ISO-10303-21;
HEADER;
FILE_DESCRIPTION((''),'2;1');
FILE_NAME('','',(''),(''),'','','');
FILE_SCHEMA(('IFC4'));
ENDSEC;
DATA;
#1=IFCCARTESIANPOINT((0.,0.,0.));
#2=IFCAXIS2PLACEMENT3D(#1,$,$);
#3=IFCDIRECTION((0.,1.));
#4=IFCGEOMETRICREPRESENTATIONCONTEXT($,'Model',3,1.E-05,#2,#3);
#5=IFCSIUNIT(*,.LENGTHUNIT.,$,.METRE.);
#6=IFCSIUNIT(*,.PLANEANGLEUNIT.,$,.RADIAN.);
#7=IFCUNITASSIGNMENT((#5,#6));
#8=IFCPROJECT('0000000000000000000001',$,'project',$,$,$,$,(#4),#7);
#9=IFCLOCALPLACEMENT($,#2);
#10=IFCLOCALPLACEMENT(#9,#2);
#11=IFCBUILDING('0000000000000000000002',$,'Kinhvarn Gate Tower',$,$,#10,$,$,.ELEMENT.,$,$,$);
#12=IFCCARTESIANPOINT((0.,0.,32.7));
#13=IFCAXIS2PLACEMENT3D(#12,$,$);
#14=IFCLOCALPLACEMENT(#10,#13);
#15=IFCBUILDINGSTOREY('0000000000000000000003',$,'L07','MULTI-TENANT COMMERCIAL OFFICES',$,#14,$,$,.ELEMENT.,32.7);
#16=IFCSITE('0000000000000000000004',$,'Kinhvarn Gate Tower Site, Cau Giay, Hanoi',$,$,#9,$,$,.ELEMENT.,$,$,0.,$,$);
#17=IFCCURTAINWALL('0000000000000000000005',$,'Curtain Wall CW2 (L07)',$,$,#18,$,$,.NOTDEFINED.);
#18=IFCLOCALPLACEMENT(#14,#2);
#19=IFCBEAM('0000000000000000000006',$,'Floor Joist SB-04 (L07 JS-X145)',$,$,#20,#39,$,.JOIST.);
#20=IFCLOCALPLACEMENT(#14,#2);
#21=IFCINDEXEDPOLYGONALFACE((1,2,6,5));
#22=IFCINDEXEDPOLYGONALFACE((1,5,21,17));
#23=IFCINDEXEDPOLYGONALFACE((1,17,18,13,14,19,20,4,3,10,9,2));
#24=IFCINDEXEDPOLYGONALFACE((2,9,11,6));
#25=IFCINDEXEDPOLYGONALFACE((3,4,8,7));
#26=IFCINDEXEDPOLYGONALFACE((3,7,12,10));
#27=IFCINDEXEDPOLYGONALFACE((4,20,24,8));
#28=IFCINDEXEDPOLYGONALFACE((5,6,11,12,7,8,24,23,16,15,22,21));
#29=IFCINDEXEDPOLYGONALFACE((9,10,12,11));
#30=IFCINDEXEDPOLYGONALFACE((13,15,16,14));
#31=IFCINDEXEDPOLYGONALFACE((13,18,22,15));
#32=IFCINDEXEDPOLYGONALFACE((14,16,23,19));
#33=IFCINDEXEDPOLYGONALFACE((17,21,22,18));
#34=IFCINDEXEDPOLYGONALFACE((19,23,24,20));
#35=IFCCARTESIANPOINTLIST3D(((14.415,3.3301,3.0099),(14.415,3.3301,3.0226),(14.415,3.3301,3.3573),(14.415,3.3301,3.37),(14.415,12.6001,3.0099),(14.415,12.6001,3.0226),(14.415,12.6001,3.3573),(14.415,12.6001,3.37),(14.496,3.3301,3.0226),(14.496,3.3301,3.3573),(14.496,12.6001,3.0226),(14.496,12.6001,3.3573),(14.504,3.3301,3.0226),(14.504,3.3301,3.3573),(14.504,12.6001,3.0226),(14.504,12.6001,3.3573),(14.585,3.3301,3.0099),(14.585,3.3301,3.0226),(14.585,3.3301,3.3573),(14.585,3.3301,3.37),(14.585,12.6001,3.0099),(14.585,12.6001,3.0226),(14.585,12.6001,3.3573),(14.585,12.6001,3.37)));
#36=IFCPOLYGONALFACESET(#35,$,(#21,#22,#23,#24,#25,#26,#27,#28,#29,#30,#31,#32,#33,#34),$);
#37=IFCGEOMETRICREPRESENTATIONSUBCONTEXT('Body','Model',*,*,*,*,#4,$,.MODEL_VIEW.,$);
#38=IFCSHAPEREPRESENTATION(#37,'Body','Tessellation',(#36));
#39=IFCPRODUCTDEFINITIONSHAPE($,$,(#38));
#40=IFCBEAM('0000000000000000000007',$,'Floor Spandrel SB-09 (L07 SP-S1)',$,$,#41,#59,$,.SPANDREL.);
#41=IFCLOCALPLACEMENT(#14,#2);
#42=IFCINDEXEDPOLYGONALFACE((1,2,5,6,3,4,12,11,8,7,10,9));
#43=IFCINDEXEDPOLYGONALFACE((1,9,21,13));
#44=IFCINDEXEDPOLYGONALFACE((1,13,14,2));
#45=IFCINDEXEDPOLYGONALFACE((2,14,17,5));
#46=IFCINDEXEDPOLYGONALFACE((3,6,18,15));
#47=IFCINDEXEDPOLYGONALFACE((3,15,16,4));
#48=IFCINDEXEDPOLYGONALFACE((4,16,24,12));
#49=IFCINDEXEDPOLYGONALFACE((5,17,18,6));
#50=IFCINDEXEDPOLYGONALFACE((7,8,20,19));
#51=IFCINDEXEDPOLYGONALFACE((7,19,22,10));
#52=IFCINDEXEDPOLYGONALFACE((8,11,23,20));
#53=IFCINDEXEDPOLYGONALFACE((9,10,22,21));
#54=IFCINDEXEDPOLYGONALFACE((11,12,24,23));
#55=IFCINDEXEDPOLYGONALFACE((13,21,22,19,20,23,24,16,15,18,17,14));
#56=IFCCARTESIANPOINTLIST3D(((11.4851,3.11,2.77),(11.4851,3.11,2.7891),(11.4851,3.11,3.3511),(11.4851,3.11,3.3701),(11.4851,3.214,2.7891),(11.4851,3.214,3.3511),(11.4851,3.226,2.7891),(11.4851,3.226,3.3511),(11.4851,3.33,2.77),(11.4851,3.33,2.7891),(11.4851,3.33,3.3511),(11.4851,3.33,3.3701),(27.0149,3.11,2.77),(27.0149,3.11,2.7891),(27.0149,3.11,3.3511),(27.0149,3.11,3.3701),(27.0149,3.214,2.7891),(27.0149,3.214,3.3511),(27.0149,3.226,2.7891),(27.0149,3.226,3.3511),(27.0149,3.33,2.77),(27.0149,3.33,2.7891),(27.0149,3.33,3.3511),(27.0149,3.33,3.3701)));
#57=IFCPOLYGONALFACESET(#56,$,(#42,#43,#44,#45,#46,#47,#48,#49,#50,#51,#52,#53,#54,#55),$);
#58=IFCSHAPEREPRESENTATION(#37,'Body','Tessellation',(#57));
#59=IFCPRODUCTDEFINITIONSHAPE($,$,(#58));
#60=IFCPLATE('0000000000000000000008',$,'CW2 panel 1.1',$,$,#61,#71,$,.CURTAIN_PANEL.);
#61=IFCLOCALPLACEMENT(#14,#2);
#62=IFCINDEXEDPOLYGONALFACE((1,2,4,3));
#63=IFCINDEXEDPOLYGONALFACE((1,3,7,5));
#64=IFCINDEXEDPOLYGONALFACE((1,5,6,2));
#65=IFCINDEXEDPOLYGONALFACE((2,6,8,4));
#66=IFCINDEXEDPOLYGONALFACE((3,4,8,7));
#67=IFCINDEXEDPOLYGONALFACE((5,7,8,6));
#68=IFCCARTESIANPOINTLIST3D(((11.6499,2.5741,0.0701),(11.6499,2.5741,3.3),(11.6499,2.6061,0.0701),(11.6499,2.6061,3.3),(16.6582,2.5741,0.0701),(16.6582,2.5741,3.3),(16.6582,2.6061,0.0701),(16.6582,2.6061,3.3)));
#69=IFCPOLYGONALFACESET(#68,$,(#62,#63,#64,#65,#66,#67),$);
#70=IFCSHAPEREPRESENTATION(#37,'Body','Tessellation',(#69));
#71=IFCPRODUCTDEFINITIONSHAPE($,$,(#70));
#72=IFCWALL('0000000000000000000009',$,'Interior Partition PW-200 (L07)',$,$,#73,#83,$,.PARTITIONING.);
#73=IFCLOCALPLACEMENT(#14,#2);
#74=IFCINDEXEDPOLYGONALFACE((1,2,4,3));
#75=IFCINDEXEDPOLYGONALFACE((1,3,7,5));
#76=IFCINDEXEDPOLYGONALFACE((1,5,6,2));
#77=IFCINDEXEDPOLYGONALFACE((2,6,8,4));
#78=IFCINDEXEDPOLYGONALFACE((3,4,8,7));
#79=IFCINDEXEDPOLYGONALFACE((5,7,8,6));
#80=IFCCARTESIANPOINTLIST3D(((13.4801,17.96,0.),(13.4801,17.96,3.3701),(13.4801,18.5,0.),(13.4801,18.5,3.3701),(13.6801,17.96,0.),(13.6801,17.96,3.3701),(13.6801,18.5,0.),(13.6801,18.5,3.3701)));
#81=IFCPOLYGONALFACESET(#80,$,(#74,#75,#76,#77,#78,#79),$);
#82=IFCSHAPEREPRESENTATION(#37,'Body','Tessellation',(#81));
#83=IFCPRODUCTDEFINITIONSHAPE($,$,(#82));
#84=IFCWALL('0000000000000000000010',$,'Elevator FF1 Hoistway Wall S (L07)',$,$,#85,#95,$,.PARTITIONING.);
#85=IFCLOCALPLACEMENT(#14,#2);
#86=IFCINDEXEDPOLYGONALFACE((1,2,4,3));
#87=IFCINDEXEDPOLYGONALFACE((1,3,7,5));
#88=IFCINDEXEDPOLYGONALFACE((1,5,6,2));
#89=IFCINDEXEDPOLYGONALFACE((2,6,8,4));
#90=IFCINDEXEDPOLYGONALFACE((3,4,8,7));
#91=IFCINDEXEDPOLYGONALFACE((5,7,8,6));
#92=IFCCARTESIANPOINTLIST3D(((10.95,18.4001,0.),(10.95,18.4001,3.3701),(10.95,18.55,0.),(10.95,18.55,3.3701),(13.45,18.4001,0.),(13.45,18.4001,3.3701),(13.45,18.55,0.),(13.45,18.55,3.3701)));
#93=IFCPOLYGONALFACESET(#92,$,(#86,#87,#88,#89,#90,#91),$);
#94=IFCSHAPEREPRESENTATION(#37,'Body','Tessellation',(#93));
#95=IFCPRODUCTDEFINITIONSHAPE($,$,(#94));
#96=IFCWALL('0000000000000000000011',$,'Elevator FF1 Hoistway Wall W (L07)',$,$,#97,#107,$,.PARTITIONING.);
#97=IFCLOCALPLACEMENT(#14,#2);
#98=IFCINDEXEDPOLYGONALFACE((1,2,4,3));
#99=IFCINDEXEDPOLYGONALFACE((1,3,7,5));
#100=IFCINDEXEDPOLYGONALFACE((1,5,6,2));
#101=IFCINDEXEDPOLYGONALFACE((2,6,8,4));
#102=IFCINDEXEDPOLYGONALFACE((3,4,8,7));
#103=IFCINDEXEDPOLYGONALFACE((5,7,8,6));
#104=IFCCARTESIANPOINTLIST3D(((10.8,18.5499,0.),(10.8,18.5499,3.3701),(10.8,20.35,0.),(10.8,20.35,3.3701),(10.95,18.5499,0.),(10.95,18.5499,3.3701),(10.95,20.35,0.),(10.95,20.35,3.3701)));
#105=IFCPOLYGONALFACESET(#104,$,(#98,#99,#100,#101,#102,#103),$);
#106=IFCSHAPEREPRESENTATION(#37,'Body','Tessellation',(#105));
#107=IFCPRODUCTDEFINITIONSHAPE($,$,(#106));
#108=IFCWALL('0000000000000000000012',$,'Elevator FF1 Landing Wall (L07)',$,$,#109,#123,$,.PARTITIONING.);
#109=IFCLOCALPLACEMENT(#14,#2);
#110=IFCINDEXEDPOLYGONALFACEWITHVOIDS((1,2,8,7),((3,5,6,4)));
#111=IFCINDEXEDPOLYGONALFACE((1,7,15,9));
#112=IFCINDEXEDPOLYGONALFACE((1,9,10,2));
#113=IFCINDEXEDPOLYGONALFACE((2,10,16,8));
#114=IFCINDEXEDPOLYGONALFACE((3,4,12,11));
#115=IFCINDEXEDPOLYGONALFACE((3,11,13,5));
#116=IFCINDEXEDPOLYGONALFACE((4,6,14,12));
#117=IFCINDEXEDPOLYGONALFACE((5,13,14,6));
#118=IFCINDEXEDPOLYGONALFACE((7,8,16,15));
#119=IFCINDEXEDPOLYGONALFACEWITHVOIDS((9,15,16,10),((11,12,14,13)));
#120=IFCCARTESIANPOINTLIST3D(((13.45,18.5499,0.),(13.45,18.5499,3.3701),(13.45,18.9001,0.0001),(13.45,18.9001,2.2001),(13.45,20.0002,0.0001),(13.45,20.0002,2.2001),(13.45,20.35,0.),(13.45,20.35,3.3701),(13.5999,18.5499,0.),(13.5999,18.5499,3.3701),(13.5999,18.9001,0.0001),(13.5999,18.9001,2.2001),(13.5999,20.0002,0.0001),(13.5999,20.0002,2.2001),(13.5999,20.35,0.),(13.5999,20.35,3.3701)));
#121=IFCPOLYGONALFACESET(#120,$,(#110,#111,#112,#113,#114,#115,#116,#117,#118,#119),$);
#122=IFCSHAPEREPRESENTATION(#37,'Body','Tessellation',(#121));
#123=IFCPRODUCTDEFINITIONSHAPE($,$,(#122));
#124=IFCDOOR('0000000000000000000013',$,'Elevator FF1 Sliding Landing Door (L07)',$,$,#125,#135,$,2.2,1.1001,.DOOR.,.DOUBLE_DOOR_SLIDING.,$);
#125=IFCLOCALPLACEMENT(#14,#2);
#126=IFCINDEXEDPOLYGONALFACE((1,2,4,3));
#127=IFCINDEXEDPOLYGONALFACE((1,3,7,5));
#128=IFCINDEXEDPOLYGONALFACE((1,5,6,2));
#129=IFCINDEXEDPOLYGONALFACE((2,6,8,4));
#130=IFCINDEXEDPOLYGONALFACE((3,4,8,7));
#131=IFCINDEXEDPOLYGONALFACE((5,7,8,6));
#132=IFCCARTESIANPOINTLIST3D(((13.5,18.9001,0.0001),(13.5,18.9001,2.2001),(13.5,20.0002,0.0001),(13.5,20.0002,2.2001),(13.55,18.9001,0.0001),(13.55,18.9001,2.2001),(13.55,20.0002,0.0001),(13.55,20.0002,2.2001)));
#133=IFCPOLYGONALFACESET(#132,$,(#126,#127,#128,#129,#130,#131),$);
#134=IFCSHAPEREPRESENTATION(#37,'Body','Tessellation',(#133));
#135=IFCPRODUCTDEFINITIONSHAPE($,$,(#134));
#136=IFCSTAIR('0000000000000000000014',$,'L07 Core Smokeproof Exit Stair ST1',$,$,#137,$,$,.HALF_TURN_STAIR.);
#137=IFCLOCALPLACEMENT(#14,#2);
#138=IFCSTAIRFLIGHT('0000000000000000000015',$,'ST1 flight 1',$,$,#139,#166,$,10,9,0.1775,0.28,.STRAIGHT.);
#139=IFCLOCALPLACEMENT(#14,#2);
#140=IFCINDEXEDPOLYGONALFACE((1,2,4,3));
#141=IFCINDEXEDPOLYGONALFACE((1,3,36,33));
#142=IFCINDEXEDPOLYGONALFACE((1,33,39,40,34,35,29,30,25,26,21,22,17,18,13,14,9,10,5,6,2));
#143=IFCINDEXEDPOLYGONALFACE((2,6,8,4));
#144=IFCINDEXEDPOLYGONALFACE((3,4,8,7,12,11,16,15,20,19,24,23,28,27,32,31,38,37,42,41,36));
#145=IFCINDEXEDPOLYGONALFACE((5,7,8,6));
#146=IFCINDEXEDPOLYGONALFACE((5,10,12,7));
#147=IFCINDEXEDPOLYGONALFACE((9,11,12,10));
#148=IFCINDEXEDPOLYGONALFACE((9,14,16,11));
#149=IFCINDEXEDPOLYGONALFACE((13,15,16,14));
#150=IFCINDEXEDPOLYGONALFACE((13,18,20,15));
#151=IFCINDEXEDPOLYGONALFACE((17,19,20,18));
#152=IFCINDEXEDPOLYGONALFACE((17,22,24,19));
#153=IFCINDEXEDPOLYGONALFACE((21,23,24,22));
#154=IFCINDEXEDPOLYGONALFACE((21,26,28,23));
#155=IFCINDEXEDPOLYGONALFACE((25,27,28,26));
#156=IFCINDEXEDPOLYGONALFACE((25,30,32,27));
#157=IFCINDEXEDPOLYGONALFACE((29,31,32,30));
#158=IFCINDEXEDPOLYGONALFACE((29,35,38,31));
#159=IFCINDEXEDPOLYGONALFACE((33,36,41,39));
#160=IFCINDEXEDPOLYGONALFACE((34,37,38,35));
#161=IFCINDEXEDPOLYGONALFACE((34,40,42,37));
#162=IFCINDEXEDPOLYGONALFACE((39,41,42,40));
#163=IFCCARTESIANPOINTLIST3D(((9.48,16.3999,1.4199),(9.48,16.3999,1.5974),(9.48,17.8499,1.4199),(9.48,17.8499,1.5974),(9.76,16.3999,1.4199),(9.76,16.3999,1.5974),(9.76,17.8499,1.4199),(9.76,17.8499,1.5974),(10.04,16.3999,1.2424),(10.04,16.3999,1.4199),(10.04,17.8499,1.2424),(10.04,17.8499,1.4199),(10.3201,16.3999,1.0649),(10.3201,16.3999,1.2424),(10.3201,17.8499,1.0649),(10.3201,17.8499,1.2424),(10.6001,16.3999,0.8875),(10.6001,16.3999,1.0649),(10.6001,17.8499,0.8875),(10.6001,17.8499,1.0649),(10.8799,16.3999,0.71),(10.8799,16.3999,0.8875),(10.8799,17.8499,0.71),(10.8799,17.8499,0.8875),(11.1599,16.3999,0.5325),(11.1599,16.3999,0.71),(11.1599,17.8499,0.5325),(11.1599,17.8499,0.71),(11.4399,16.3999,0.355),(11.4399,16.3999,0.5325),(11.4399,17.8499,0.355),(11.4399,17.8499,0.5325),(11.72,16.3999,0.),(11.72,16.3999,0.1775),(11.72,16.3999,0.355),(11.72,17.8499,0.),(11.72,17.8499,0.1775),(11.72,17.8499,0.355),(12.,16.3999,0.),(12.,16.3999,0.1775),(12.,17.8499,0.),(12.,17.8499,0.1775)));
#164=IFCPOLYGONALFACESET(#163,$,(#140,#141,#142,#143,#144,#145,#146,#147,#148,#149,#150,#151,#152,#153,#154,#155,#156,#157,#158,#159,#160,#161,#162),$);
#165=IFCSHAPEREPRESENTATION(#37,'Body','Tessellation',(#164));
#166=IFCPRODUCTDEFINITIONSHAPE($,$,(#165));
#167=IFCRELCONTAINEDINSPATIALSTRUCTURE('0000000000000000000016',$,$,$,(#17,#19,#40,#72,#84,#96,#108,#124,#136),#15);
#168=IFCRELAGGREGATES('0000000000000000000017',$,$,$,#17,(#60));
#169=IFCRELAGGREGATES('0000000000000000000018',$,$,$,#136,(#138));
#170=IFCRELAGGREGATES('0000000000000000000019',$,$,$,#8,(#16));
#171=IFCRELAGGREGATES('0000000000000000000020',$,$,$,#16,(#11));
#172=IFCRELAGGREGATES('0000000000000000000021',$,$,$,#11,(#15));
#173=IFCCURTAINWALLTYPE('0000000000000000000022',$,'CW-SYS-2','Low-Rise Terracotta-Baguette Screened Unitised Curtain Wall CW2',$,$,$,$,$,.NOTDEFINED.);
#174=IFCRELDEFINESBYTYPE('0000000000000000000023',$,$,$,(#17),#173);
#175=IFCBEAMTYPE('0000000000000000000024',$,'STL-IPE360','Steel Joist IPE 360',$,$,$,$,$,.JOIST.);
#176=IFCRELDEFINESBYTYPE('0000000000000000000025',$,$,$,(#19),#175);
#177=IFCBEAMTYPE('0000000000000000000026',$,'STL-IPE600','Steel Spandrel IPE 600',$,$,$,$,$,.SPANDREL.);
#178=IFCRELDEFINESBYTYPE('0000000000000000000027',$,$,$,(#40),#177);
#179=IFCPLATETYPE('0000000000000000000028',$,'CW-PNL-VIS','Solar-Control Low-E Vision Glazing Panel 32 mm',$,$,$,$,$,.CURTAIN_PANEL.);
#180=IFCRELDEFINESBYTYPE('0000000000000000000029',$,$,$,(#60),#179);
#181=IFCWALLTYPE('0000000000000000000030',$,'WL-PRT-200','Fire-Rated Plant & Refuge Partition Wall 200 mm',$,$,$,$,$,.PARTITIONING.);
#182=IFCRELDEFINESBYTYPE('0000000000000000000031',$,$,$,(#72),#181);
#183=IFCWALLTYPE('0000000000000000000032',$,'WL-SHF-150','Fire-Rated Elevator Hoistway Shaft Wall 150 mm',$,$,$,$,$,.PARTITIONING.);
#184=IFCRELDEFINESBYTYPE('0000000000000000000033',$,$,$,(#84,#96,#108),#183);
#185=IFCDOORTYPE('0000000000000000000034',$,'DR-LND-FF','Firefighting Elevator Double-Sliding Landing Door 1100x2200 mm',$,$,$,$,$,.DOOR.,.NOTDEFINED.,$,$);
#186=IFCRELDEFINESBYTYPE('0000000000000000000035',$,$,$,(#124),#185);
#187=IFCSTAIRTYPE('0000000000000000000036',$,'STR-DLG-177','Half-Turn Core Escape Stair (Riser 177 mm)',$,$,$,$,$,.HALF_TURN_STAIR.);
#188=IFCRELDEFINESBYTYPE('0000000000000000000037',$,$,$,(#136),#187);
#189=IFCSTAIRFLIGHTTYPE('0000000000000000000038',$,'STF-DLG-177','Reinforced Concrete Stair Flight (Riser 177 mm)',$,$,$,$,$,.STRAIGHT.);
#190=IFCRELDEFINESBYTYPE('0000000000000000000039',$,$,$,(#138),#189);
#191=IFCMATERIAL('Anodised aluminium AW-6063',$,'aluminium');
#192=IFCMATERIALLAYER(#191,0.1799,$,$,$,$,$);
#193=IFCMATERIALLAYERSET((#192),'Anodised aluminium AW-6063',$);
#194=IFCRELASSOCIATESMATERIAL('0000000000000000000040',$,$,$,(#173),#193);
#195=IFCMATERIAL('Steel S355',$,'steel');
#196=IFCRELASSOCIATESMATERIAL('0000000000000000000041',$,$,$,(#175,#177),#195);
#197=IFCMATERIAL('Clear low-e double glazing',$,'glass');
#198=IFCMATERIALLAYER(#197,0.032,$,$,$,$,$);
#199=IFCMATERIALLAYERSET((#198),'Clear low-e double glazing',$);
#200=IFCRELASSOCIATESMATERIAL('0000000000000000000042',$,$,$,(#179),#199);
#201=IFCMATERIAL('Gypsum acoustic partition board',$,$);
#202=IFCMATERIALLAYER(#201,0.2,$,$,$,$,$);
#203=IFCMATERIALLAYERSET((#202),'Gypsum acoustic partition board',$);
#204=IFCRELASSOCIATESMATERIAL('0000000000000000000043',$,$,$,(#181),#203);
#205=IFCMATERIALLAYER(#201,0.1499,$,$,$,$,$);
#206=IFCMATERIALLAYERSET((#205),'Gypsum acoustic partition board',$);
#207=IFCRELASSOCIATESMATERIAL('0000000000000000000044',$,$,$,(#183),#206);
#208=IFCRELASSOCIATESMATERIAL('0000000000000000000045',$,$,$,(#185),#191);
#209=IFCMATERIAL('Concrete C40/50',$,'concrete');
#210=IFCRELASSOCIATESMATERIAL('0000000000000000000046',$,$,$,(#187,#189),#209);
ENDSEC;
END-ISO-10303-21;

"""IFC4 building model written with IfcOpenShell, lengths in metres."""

from ifc_helpers import new_model, si_unit, direction, frame, frame_2d, origin, origin_2d, place, context, subcontext, project, spatial, polyline, rectangle, i_section, outline, extrude, material, layer, layer_set, material_profile, profile_set, type_object, element, fill, aggregate, save


model = new_model("IFC4")

# Units and contexts
model_context = context("Model", 3, precision=1e-05, world=origin(), true_north=direction((0.0, 1.0)))
body_context = subcontext(model_context, "Body", "Model", "MODEL_VIEW")
ifc_project = project(units=[si_unit("LENGTHUNIT", "METRE"), si_unit("PLANEANGLEUNIT", "RADIAN")], contexts=[model_context])

# Site, building, storey
site_placement = place(None, origin())
site = spatial("IfcSite", under=ifc_project, at=site_placement, Name="Kinhvarn Gate Tower Site, Cau Giay, Hanoi", CompositionType="ELEMENT", RefElevation=0.0)
building_placement = place(site_placement, origin())
building = spatial("IfcBuilding", under=site, at=building_placement, Name="Kinhvarn Gate Tower", CompositionType="ELEMENT")
storey_placement = place(building_placement, frame((0.0, 0.0, 32.7)))
storey = spatial("IfcBuildingStorey", under=building, at=storey_placement, Name="L07", Description="MULTI-TENANT COMMERCIAL OFFICES", CompositionType="ELEMENT", Elevation=32.7)

# Shared definitions
ifc_material_1 = material(Name="Anodised aluminium AW-6063", Category="aluminium")
ifc_layer_1 = layer(ifc_material_1, 0.1799)
ifc_layer_set_1 = layer_set([ifc_layer_1], Name="Anodised aluminium AW-6063")
curtain_wall_type = type_object("IfcCurtainWallType", Name="CW-SYS-2", Description="Low-Rise Terracotta-Baguette Screened Unitised Curtain Wall CW2", PredefinedType="NOTDEFINED", material=ifc_layer_set_1)

# Curtain wall
curtain_wall_1_placement = place(storey_placement, origin())
curtain_wall_1 = element("IfcCurtainWall", 1, at=curtain_wall_1_placement, inside=storey, type_object=curtain_wall_type, Name="Curtain Wall CW2 (L07)", PredefinedType="NOTDEFINED")

# Beams
ifc_material_2 = material(Name="Steel S355", Category="steel")
ifc_material_profile_1 = material_profile(ifc_material_2, i_section(OverallWidth=0.1699, OverallDepth=0.3601, WebThickness=0.0081, FlangeThickness=0.0127, at=origin_2d()), Name="IPE 360")
ifc_profile_set_1 = profile_set([ifc_material_profile_1], Name="Steel S355")
beam_type_1 = type_object("IfcBeamType", Name="STL-IPE360", Description="Steel Joist IPE 360", PredefinedType="JOIST", material=ifc_profile_set_1)
beam_1_placement = place(storey_placement, frame((14.5, 3.3301, 3.1899), z_axis=(0.0, 1.0, 0.0), x_axis=(-1.0, 0.0, 0.0)))
element("IfcBeam", 2, at=beam_1_placement, inside=storey, type_object=beam_type_1, Name="Floor Joist SB-04 (L07 JS-X145)", PredefinedType="JOIST", context=body_context, shape_type="SweptSolid", body=[
    extrude(i_section(OverallWidth=0.1699, OverallDepth=0.3601, WebThickness=0.0081, FlangeThickness=0.0127, at=origin_2d()), origin(), (0.0, 0.0, 1.0), 9.27),
])
ifc_material_profile_2 = material_profile(ifc_material_2, i_section(OverallWidth=0.22, OverallDepth=0.6001, WebThickness=0.012, FlangeThickness=0.019, at=origin_2d()), Name="IPE 600")
ifc_profile_set_2 = profile_set([ifc_material_profile_2], Name="Steel S355")
beam_type_2 = type_object("IfcBeamType", Name="STL-IPE600", Description="Steel Spandrel IPE 600", PredefinedType="SPANDREL", material=ifc_profile_set_2)
beam_2_placement = place(storey_placement, frame((11.4851, 3.22, 3.0701), z_axis=(1.0, 0.0, 0.0), x_axis=(0.0, 1.0, 0.0)))
element("IfcBeam", 3, at=beam_2_placement, inside=storey, type_object=beam_type_2, Name="Floor Spandrel SB-09 (L07 SP-S1)", PredefinedType="SPANDREL", context=body_context, shape_type="SweptSolid", body=[
    extrude(i_section(OverallWidth=0.22, OverallDepth=0.6001, WebThickness=0.012, FlangeThickness=0.019, at=origin_2d()), origin(), (0.0, 0.0, 1.0), 15.5298),
])

# Plate
ifc_material_3 = material(Name="Clear low-e double glazing", Category="glass")
ifc_layer_2 = layer(ifc_material_3, 0.032)
ifc_layer_set_2 = layer_set([ifc_layer_2], Name="Clear low-e double glazing")
plate_type = type_object("IfcPlateType", Name="CW-PNL-VIS", Description="Solar-Control Low-E Vision Glazing Panel 32 mm", PredefinedType="CURTAIN_PANEL", material=ifc_layer_set_2)
plate_placement = place(storey_placement, frame((14.1541, 2.5901, 0.0701), z_axis=(0.0, 0.0, 1.0), x_axis=(1.0, 0.0, 0.0)))
plate = element("IfcPlate", 4, at=plate_placement, type_object=plate_type, Name="CW2 panel 1.1", PredefinedType="CURTAIN_PANEL", context=body_context, shape_type="SweptSolid", body=[
    extrude(rectangle(XDim=5.0083, YDim=0.032, at=origin_2d()), origin(), (0.0, 0.0, 1.0), 3.23),
])
aggregate(curtain_wall_1, [plate])

# Walls
ifc_material_4 = material(Name="Gypsum acoustic partition board")
ifc_layer_3 = layer(ifc_material_4, 0.2)
ifc_layer_set_3 = layer_set([ifc_layer_3], Name="Gypsum acoustic partition board")
wall_type_1 = type_object("IfcWallType", Name="WL-PRT-200", Description="Fire-Rated Plant & Refuge Partition Wall 200 mm", PredefinedType="PARTITIONING", material=ifc_layer_set_3)
wall_1_placement = place(storey_placement, frame((13.5801, 17.96, 0.0), z_axis=(0.0, 0.0, 1.0), x_axis=(0.0, 1.0, 0.0)))
element("IfcWall", 5, at=wall_1_placement, inside=storey, type_object=wall_type_1, Name="Interior Partition PW-200 (L07)", PredefinedType="PARTITIONING", context=body_context, shape_type="SweptSolid", body=[
    extrude(rectangle(XDim=0.54, YDim=0.2, at=frame_2d((0.27, 0.0))), origin(), (0.0, 0.0, 1.0), 3.3701),
])
ifc_layer_4 = layer(ifc_material_4, 0.1499)
ifc_layer_set_4 = layer_set([ifc_layer_4], Name="Gypsum acoustic partition board")
wall_type_2 = type_object("IfcWallType", Name="WL-SHF-150", Description="Fire-Rated Elevator Hoistway Shaft Wall 150 mm", PredefinedType="PARTITIONING", material=ifc_layer_set_4)
wall_2_placement = place(storey_placement, frame((10.95, 18.4751, 0.0), z_axis=(0.0, 0.0, 1.0), x_axis=(1.0, 0.0, 0.0)))
element("IfcWall", 6, at=wall_2_placement, inside=storey, type_object=wall_type_2, Name="Elevator FF1 Hoistway Wall S (L07)", PredefinedType="PARTITIONING", context=body_context, shape_type="SweptSolid", body=[
    extrude(rectangle(XDim=2.5, YDim=0.1499, at=frame_2d((1.25, 0.0))), origin(), (0.0, 0.0, 1.0), 3.3701),
])
wall_3_placement = place(storey_placement, frame((10.875, 18.55, 0.0), z_axis=(0.0, 0.0, 1.0), x_axis=(0.0, 1.0, 0.0)))
element("IfcWall", 7, at=wall_3_placement, inside=storey, type_object=wall_type_2, Name="Elevator FF1 Hoistway Wall W (L07)", PredefinedType="PARTITIONING", context=body_context, shape_type="SweptSolid", body=[
    extrude(rectangle(XDim=1.8, YDim=0.1499, at=frame_2d((0.8999, 0.0))), origin(), (0.0, 0.0, 1.0), 3.3701),
])

# Wall, opening, door
wall_4_placement = place(storey_placement, frame((13.5249, 18.55, 0.0), z_axis=(0.0, 0.0, 1.0), x_axis=(0.0, 1.0, 0.0)))
wall_4 = element("IfcWall", 8, at=wall_4_placement, inside=storey, type_object=wall_type_2, Name="Elevator FF1 Landing Wall (L07)", PredefinedType="PARTITIONING", context=body_context, shape_type="SweptSolid", body=[
    extrude(rectangle(XDim=1.8, YDim=0.1499, at=frame_2d((0.8999, 0.0))), origin(), (0.0, 0.0, 1.0), 3.3701),
])
opening_1_placement = place(wall_4_placement, frame((0.3501, 0.0, 0.0)))
opening_1 = element("IfcOpeningElement", 9, at=opening_1_placement, cuts=wall_4, PredefinedType="OPENING", context=body_context, shape_type="SweptSolid", body=[
    extrude(rectangle(XDim=1.1001, YDim=2.2, at=frame_2d((0.55, 1.1001))), frame((0.0, 0.085, 0.0), z_axis=(0.0, -1.0, 0.0), x_axis=(1.0, 0.0, 0.0)), (0.0, 0.0, 1.0), 0.1699),
])
door_type_1 = type_object("IfcDoorType", Name="DR-LND-FF", Description="Firefighting Elevator Double-Sliding Landing Door 1100x2200 mm", OperationType="NOTDEFINED", PredefinedType="DOOR", material=ifc_material_1)
door_1_placement = place(opening_1_placement, origin())
door_1 = element("IfcDoor", 10, at=door_1_placement, inside=storey, type_object=door_type_1, Name="Elevator FF1 Sliding Landing Door (L07)", OperationType="DOUBLE_DOOR_SLIDING", OverallHeight=2.2, OverallWidth=1.1001, PredefinedType="DOOR", context=body_context, shape_type="SweptSolid", body=[
    extrude(rectangle(XDim=1.1001, YDim=2.2, at=frame_2d((0.55, 1.1001))), frame((0.0, 0.0249, 0.0), z_axis=(0.0, -1.0, 0.0), x_axis=(1.0, 0.0, 0.0)), (0.0, 0.0, 1.0), 0.05),
])
fill(opening_1, door_1)
ifc_material_5 = material(Name="Concrete C40/50", Category="concrete")

# Stair, stair flight
stair_type = type_object("IfcStairType", Name="STR-DLG-177", Description="Half-Turn Core Escape Stair (Riser 177 mm)", PredefinedType="HALF_TURN_STAIR", material=ifc_material_5)
stair_placement = place(storey_placement, origin())
stair = element("IfcStair", 11, at=stair_placement, inside=storey, type_object=stair_type, Name="L07 Core Smokeproof Exit Stair ST1", PredefinedType="HALF_TURN_STAIR")
stair_flight_type = type_object("IfcStairFlightType", Name="STF-DLG-177", Description="Reinforced Concrete Stair Flight (Riser 177 mm)", PredefinedType="STRAIGHT", material=ifc_material_5)
stair_flight_placement = place(storey_placement, frame((12.0, 17.125, 0.0), z_axis=(0.0, 0.0, 1.0), x_axis=(-1.0, 0.0, 0.0)))
stair_flight = element("IfcStairFlight", 12, at=stair_flight_placement, type_object=stair_flight_type, Name="ST1 flight 1", NumberOfRisers=10, NumberOfTreads=9, PredefinedType="STRAIGHT", RiserHeight=0.1775, TreadLength=0.28, context=body_context, shape_type="SweptSolid", body=[
    extrude(outline(polyline([(0.0, 0.0), (0.0, 0.1775), (0.28, 0.1775), (0.28, 0.355), (0.5601, 0.355), (0.5601, 0.5325), (0.8401, 0.5325), (0.8401, 0.71), (1.1201, 0.71), (1.1201, 0.8875), (1.3999, 0.8875), (1.3999, 1.0649), (1.6799, 1.0649), (1.6799, 1.2424), (1.96, 1.2424), (1.96, 1.4199), (2.24, 1.4199), (2.24, 1.5974), (2.52, 1.5974), (2.52, 1.7749), (2.52, 1.4199), (0.28, 0.0), (0.0, 0.0)])), frame((0.0, 0.7251, 0.0), z_axis=(0.0, -1.0, 0.0), x_axis=(1.0, 0.0, 0.0)), (0.0, 0.0, 1.0), 1.45),
])
aggregate(stair, [stair_flight])

save(model, "model.ifc")
